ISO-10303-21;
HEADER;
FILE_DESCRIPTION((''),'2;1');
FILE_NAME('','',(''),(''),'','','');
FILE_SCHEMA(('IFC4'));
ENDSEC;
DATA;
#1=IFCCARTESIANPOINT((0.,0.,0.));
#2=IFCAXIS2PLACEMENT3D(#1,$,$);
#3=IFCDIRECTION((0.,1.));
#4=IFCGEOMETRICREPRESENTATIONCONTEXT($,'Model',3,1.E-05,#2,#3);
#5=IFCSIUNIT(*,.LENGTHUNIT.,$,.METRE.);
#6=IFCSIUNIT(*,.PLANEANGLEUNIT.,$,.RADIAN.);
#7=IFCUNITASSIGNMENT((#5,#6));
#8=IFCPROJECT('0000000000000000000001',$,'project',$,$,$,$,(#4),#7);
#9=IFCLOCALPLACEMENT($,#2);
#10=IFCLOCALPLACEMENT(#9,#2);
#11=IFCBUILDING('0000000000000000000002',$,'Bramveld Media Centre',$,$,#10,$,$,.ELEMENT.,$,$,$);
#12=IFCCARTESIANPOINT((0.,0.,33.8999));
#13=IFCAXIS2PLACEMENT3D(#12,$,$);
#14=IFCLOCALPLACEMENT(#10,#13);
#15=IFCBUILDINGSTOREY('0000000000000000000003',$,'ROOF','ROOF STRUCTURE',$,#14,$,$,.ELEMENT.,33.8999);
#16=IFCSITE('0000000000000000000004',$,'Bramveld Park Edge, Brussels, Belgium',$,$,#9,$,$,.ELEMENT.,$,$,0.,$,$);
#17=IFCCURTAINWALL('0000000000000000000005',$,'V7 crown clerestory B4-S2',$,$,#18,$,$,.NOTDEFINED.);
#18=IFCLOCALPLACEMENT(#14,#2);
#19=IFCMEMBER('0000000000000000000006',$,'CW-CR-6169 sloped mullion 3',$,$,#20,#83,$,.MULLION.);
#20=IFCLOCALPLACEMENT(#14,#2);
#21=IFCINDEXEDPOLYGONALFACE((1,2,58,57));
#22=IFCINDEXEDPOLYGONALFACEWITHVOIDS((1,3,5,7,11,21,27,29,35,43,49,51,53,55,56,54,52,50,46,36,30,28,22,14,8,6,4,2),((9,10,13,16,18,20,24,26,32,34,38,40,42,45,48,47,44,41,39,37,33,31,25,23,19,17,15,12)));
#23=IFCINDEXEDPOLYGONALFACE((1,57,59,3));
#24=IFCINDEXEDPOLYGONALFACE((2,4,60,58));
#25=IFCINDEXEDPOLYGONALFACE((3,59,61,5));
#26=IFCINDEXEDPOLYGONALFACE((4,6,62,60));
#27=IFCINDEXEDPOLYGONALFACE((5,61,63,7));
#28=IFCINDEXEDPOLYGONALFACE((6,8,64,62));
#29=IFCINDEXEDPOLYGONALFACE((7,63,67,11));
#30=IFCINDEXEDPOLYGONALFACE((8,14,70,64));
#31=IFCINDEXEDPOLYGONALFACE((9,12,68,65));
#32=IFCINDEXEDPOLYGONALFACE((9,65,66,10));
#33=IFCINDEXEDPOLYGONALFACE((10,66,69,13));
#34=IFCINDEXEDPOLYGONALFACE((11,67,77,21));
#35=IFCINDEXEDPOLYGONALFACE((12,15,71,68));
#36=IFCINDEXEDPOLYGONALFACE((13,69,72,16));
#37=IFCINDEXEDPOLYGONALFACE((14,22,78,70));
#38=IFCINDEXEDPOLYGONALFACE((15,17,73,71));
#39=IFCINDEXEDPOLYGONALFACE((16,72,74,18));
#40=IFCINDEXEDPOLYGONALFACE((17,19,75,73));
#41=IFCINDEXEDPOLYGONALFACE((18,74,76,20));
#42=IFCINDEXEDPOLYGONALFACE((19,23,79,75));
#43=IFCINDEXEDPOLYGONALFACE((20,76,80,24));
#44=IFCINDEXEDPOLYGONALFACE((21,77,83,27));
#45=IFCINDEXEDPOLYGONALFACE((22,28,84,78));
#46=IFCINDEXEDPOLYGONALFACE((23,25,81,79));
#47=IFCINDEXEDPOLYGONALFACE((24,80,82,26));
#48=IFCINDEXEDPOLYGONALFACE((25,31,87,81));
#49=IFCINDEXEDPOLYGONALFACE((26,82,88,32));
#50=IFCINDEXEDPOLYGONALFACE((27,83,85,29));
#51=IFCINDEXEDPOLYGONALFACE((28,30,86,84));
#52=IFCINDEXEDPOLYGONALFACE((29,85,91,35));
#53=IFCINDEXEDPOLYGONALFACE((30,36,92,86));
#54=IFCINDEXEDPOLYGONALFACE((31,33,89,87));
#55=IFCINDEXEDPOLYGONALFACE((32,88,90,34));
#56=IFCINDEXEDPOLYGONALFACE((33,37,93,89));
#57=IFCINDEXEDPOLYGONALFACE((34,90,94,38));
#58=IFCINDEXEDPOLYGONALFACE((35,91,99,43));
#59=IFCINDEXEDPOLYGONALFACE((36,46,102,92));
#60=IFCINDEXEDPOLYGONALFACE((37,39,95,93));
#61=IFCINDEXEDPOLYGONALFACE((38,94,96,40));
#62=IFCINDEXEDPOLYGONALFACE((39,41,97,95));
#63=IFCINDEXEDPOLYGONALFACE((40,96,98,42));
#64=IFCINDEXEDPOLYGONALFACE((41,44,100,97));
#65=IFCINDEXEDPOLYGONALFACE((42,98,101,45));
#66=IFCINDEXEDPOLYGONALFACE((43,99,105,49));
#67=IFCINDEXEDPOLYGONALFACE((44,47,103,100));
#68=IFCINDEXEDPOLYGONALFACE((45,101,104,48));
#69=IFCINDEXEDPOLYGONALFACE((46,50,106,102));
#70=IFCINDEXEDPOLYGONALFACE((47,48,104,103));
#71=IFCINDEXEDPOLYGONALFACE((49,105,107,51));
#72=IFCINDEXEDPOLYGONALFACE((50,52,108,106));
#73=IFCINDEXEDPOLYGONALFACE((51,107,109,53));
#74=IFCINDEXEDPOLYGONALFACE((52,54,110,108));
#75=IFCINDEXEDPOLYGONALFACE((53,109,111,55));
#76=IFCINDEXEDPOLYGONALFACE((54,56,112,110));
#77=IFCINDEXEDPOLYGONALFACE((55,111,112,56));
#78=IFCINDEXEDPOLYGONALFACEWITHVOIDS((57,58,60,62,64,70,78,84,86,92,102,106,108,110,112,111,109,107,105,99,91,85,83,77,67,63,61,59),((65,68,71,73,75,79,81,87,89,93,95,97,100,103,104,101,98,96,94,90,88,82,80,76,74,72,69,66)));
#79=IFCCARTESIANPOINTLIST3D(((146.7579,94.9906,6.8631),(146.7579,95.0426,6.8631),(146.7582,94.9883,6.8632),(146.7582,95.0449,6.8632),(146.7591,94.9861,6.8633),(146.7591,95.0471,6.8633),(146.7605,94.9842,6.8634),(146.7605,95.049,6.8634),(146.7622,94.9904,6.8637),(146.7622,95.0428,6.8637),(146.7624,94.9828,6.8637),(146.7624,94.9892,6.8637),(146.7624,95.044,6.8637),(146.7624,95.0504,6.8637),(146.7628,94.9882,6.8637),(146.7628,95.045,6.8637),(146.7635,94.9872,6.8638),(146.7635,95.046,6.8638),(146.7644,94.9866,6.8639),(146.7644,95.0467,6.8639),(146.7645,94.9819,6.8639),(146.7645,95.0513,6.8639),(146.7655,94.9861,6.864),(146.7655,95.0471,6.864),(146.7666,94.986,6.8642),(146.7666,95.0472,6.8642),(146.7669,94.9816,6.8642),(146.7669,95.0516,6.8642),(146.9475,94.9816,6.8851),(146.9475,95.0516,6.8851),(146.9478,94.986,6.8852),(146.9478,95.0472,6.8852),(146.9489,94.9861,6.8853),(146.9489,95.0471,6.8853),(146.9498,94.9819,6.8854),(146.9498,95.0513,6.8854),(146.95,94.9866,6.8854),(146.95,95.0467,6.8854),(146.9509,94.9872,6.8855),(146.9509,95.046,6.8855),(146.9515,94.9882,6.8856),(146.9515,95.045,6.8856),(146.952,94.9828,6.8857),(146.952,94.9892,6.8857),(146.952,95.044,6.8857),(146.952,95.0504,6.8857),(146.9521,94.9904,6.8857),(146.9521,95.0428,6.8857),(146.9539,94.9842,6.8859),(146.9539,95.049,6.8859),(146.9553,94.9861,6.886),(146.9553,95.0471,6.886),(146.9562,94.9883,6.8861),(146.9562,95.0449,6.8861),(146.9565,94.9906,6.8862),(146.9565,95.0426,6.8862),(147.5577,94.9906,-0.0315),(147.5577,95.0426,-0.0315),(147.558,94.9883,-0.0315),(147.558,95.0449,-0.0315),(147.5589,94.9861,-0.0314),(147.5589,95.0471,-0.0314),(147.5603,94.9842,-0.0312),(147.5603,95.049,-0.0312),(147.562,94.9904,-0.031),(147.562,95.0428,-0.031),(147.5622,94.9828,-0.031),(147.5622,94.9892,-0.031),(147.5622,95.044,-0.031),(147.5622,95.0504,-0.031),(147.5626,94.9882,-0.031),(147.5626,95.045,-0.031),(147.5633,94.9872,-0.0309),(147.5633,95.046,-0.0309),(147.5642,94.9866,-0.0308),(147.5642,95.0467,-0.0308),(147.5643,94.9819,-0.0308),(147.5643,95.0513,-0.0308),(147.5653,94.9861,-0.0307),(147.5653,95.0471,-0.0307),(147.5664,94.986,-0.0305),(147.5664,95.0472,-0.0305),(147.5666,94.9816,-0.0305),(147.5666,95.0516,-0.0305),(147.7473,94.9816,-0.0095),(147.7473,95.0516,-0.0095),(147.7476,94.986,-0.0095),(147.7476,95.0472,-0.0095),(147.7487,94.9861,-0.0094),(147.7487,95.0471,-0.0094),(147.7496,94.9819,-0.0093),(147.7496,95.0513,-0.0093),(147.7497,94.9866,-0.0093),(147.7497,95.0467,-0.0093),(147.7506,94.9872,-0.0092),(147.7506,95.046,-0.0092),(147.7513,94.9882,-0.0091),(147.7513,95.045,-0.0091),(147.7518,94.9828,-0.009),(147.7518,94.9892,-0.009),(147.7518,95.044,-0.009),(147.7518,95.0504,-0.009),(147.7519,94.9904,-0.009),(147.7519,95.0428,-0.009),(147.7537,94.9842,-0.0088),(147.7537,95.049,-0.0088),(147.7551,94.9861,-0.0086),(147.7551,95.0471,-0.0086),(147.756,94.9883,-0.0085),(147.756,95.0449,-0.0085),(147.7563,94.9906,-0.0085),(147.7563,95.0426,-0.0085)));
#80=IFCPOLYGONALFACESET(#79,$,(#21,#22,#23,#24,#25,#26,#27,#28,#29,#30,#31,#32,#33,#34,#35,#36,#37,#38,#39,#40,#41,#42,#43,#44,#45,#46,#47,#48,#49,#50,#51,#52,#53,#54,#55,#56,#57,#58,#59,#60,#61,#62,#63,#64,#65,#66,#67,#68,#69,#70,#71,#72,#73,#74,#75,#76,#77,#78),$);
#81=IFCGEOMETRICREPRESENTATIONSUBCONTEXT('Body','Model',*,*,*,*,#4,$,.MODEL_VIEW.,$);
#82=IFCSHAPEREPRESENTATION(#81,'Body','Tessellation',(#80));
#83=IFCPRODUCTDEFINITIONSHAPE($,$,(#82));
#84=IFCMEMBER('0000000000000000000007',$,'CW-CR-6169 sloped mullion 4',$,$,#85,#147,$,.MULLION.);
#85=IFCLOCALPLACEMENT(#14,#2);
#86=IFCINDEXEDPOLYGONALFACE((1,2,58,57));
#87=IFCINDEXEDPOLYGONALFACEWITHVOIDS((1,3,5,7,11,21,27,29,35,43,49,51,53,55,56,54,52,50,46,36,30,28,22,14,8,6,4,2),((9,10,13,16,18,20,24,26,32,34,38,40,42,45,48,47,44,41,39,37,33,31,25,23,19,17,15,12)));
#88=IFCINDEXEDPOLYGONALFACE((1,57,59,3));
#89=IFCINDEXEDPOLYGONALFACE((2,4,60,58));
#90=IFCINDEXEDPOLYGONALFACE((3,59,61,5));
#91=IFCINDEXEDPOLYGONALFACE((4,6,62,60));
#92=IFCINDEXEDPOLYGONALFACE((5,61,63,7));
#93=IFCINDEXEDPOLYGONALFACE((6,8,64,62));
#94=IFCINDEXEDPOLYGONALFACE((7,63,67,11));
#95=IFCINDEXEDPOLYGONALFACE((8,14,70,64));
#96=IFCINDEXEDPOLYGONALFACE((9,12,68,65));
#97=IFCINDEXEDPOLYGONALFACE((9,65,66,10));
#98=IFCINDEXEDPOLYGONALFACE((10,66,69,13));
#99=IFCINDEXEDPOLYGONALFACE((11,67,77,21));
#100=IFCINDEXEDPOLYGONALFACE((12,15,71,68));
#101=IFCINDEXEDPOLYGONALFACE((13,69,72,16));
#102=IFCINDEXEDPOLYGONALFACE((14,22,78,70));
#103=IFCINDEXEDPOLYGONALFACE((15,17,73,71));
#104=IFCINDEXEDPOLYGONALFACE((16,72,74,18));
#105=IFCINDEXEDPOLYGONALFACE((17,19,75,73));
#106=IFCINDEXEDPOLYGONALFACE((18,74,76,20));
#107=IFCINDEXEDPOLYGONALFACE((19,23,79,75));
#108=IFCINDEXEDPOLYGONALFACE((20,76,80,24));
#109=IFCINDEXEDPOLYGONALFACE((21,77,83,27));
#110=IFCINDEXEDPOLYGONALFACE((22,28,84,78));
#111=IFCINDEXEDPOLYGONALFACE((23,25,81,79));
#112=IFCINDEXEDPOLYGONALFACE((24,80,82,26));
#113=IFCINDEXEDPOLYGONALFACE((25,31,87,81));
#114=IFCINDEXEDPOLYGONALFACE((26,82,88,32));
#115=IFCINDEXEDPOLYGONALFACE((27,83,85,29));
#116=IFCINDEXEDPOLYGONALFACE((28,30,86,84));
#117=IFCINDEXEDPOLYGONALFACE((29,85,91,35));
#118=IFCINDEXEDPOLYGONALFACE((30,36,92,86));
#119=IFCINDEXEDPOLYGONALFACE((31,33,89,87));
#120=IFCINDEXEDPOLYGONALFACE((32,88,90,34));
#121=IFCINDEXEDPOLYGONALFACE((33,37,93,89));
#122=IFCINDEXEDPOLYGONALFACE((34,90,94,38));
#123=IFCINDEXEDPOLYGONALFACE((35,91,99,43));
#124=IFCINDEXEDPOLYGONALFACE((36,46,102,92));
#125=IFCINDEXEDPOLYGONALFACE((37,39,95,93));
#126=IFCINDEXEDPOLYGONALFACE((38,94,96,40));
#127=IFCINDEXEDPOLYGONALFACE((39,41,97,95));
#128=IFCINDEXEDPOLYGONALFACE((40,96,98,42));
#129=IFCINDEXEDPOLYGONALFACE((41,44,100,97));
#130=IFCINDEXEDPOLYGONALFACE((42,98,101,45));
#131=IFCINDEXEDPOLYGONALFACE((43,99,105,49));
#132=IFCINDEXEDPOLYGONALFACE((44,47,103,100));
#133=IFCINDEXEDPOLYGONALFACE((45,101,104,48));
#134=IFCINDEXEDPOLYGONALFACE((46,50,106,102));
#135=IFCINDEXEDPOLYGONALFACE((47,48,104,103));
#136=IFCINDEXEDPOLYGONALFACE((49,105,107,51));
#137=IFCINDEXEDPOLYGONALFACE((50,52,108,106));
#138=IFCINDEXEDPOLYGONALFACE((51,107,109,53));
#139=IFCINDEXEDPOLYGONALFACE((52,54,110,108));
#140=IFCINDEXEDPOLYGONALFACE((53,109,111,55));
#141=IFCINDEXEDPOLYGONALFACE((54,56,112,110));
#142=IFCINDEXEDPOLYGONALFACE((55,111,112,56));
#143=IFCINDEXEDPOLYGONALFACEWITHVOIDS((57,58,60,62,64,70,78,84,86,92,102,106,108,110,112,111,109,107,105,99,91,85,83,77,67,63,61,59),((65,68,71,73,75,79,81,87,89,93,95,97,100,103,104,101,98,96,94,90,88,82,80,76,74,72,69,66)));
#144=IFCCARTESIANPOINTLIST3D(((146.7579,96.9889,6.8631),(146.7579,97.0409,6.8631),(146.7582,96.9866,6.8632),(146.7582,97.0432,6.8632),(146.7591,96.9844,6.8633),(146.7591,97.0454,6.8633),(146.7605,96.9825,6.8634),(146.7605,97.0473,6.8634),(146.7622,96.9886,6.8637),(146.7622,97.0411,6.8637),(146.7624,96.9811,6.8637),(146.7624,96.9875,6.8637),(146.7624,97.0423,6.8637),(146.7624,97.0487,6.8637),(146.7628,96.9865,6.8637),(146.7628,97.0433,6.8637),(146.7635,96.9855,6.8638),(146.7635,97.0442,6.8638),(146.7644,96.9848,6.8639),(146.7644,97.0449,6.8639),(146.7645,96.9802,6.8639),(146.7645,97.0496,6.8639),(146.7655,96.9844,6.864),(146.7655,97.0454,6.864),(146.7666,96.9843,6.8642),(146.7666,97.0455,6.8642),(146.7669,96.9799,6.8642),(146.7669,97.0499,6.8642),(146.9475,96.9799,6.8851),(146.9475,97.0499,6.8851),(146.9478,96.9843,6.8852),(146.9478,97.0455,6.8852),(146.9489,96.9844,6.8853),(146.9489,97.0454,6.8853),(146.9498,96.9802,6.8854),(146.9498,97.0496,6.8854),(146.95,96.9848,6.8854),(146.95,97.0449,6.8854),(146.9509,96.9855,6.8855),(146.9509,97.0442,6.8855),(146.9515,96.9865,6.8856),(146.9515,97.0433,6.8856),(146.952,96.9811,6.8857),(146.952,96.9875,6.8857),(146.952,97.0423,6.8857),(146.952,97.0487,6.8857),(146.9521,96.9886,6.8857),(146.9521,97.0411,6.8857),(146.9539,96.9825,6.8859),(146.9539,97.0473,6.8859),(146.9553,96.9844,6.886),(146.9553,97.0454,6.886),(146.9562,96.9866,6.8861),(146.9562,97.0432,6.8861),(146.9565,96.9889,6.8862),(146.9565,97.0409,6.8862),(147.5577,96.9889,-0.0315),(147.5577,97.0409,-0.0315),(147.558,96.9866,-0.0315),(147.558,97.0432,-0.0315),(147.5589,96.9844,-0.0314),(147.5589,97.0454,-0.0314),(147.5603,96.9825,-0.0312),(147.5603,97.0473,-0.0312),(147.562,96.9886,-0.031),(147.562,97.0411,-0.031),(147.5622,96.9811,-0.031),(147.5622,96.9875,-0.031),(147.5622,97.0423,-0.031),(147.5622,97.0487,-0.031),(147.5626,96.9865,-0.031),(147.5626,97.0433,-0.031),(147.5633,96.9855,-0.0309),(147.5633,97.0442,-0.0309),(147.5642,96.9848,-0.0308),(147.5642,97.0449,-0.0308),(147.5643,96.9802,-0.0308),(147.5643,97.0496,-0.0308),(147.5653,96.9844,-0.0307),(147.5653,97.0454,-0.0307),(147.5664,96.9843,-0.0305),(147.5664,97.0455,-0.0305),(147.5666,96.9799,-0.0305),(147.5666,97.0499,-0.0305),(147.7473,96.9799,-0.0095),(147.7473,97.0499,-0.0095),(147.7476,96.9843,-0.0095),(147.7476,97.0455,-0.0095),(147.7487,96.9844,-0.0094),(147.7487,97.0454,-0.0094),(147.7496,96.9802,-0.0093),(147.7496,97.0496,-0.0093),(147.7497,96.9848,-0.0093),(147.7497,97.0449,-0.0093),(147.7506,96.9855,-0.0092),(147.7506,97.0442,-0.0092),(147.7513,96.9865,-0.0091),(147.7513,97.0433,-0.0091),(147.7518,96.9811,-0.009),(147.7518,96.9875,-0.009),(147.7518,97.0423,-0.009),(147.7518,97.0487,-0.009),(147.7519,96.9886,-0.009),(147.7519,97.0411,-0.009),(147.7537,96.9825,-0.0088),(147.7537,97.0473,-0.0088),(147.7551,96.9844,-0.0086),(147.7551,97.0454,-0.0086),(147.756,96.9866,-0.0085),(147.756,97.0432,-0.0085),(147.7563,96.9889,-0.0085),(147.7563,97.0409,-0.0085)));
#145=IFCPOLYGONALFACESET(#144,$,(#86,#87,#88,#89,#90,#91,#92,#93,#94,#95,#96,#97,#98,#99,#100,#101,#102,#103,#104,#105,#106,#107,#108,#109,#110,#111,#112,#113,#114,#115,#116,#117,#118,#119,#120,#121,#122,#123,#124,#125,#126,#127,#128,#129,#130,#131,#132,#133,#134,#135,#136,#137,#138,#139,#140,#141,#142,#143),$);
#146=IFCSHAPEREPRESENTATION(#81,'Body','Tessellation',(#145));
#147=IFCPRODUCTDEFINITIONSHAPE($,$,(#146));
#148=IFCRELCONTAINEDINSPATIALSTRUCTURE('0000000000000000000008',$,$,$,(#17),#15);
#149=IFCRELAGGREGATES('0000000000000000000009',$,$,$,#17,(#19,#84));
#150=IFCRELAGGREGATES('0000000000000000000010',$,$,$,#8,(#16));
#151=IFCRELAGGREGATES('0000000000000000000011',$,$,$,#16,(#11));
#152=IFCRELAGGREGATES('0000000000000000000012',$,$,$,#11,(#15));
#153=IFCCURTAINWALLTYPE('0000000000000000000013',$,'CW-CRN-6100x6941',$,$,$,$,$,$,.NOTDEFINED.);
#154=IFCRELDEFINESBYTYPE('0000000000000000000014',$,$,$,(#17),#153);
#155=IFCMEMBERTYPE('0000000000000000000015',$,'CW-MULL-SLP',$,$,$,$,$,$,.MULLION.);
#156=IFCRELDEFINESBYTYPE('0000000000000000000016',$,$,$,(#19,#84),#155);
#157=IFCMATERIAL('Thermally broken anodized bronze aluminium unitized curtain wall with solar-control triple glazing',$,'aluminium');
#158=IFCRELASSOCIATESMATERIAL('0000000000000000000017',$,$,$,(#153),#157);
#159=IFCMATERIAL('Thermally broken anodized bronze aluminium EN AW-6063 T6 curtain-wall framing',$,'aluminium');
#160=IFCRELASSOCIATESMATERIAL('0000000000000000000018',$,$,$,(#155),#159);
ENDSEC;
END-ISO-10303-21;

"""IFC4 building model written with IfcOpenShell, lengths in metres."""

from ifc_helpers import new_model, si_unit, direction, frame, origin, origin_2d, place, context, subcontext, project, spatial, hollow_rectangle, extrude, material, material_profile, profile_set, type_object, element, aggregate, save


model = new_model("IFC4")

# Units and contexts
model_context = context("Model", 3, precision=1e-05, world=origin(), true_north=direction((0.0, 1.0)))
body_context = subcontext(model_context, "Body", "Model", "MODEL_VIEW")
ifc_project = project(units=[si_unit("LENGTHUNIT", "METRE"), si_unit("PLANEANGLEUNIT", "RADIAN")], contexts=[model_context])

# Site, building, storey
site_placement = place(None, origin())
site = spatial("IfcSite", under=ifc_project, at=site_placement, Name="Bramveld Park Edge, Brussels, Belgium", CompositionType="ELEMENT", RefElevation=0.0)
building_placement = place(site_placement, origin())
building = spatial("IfcBuilding", under=site, at=building_placement, Name="Bramveld Media Centre", CompositionType="ELEMENT")
storey_placement = place(building_placement, frame((0.0, 0.0, 33.8999)))
storey = spatial("IfcBuildingStorey", under=building, at=storey_placement, Name="ROOF", Description="ROOF STRUCTURE", CompositionType="ELEMENT", Elevation=33.8999)

# Curtain wall, members
ifc_material_1 = material(Name="Thermally broken anodized bronze aluminium unitized curtain wall with solar-control triple glazing", Category="aluminium")
curtain_wall_type = type_object("IfcCurtainWallType", Name="CW-CRN-6100x6941", PredefinedType="NOTDEFINED", material=ifc_material_1)
curtain_wall_1_placement = place(storey_placement, origin())
curtain_wall_1 = element("IfcCurtainWall", 1, at=curtain_wall_1_placement, inside=storey, type_object=curtain_wall_type, Name="V7 crown clerestory B4-S2", PredefinedType="NOTDEFINED")
ifc_material_2 = material(Name="Thermally broken anodized bronze aluminium EN AW-6063 T6 curtain-wall framing", Category="aluminium")
ifc_material_profile_1 = material_profile(ifc_material_2, hollow_rectangle(XDim=0.0701, YDim=0.2, WallThickness=0.0044, InnerFilletRadius=0.0044, OuterFilletRadius=0.009, at=origin_2d()), Name="AL-MULL 70x200")
ifc_profile_set_1 = profile_set([ifc_material_profile_1], Name="Thermally broken anodized bronze aluminium EN AW-6063 T6 curtain-wall framing")
member_type_1 = type_object("IfcMemberType", Name="CW-MULL-SLP", PredefinedType="MULLION", material=ifc_profile_set_1)
member_1_placement = place(storey_placement, frame((147.657, 95.0166, -0.02), z_axis=(-0.115229, 0.0, 0.993339), x_axis=(0.0, -1.0, 0.0)))
member_1 = element("IfcMember", 2, at=member_1_placement, type_object=member_type_1, Name="CW-CR-6169 sloped mullion 3", PredefinedType="MULLION", context=body_context, shape_type="SweptSolid", body=[
    extrude(hollow_rectangle(XDim=0.0701, YDim=0.2, WallThickness=0.0044, InnerFilletRadius=0.0044, OuterFilletRadius=0.009, at=origin_2d()), origin(), (0.0, 0.0, 1.0), 6.9409),
])
member_2_placement = place(storey_placement, frame((147.657, 97.0149, -0.02), z_axis=(-0.115229, 0.0, 0.993339), x_axis=(0.0, -1.0, 0.0)))
member_2 = element("IfcMember", 3, at=member_2_placement, type_object=member_type_1, Name="CW-CR-6169 sloped mullion 4", PredefinedType="MULLION", context=body_context, shape_type="SweptSolid", body=[
    extrude(hollow_rectangle(XDim=0.0701, YDim=0.2, WallThickness=0.0044, InnerFilletRadius=0.0044, OuterFilletRadius=0.009, at=origin_2d()), origin(), (0.0, 0.0, 1.0), 6.9409),
])

aggregate(curtain_wall_1, [member_1, member_2])

save(model, "model.ifc")
